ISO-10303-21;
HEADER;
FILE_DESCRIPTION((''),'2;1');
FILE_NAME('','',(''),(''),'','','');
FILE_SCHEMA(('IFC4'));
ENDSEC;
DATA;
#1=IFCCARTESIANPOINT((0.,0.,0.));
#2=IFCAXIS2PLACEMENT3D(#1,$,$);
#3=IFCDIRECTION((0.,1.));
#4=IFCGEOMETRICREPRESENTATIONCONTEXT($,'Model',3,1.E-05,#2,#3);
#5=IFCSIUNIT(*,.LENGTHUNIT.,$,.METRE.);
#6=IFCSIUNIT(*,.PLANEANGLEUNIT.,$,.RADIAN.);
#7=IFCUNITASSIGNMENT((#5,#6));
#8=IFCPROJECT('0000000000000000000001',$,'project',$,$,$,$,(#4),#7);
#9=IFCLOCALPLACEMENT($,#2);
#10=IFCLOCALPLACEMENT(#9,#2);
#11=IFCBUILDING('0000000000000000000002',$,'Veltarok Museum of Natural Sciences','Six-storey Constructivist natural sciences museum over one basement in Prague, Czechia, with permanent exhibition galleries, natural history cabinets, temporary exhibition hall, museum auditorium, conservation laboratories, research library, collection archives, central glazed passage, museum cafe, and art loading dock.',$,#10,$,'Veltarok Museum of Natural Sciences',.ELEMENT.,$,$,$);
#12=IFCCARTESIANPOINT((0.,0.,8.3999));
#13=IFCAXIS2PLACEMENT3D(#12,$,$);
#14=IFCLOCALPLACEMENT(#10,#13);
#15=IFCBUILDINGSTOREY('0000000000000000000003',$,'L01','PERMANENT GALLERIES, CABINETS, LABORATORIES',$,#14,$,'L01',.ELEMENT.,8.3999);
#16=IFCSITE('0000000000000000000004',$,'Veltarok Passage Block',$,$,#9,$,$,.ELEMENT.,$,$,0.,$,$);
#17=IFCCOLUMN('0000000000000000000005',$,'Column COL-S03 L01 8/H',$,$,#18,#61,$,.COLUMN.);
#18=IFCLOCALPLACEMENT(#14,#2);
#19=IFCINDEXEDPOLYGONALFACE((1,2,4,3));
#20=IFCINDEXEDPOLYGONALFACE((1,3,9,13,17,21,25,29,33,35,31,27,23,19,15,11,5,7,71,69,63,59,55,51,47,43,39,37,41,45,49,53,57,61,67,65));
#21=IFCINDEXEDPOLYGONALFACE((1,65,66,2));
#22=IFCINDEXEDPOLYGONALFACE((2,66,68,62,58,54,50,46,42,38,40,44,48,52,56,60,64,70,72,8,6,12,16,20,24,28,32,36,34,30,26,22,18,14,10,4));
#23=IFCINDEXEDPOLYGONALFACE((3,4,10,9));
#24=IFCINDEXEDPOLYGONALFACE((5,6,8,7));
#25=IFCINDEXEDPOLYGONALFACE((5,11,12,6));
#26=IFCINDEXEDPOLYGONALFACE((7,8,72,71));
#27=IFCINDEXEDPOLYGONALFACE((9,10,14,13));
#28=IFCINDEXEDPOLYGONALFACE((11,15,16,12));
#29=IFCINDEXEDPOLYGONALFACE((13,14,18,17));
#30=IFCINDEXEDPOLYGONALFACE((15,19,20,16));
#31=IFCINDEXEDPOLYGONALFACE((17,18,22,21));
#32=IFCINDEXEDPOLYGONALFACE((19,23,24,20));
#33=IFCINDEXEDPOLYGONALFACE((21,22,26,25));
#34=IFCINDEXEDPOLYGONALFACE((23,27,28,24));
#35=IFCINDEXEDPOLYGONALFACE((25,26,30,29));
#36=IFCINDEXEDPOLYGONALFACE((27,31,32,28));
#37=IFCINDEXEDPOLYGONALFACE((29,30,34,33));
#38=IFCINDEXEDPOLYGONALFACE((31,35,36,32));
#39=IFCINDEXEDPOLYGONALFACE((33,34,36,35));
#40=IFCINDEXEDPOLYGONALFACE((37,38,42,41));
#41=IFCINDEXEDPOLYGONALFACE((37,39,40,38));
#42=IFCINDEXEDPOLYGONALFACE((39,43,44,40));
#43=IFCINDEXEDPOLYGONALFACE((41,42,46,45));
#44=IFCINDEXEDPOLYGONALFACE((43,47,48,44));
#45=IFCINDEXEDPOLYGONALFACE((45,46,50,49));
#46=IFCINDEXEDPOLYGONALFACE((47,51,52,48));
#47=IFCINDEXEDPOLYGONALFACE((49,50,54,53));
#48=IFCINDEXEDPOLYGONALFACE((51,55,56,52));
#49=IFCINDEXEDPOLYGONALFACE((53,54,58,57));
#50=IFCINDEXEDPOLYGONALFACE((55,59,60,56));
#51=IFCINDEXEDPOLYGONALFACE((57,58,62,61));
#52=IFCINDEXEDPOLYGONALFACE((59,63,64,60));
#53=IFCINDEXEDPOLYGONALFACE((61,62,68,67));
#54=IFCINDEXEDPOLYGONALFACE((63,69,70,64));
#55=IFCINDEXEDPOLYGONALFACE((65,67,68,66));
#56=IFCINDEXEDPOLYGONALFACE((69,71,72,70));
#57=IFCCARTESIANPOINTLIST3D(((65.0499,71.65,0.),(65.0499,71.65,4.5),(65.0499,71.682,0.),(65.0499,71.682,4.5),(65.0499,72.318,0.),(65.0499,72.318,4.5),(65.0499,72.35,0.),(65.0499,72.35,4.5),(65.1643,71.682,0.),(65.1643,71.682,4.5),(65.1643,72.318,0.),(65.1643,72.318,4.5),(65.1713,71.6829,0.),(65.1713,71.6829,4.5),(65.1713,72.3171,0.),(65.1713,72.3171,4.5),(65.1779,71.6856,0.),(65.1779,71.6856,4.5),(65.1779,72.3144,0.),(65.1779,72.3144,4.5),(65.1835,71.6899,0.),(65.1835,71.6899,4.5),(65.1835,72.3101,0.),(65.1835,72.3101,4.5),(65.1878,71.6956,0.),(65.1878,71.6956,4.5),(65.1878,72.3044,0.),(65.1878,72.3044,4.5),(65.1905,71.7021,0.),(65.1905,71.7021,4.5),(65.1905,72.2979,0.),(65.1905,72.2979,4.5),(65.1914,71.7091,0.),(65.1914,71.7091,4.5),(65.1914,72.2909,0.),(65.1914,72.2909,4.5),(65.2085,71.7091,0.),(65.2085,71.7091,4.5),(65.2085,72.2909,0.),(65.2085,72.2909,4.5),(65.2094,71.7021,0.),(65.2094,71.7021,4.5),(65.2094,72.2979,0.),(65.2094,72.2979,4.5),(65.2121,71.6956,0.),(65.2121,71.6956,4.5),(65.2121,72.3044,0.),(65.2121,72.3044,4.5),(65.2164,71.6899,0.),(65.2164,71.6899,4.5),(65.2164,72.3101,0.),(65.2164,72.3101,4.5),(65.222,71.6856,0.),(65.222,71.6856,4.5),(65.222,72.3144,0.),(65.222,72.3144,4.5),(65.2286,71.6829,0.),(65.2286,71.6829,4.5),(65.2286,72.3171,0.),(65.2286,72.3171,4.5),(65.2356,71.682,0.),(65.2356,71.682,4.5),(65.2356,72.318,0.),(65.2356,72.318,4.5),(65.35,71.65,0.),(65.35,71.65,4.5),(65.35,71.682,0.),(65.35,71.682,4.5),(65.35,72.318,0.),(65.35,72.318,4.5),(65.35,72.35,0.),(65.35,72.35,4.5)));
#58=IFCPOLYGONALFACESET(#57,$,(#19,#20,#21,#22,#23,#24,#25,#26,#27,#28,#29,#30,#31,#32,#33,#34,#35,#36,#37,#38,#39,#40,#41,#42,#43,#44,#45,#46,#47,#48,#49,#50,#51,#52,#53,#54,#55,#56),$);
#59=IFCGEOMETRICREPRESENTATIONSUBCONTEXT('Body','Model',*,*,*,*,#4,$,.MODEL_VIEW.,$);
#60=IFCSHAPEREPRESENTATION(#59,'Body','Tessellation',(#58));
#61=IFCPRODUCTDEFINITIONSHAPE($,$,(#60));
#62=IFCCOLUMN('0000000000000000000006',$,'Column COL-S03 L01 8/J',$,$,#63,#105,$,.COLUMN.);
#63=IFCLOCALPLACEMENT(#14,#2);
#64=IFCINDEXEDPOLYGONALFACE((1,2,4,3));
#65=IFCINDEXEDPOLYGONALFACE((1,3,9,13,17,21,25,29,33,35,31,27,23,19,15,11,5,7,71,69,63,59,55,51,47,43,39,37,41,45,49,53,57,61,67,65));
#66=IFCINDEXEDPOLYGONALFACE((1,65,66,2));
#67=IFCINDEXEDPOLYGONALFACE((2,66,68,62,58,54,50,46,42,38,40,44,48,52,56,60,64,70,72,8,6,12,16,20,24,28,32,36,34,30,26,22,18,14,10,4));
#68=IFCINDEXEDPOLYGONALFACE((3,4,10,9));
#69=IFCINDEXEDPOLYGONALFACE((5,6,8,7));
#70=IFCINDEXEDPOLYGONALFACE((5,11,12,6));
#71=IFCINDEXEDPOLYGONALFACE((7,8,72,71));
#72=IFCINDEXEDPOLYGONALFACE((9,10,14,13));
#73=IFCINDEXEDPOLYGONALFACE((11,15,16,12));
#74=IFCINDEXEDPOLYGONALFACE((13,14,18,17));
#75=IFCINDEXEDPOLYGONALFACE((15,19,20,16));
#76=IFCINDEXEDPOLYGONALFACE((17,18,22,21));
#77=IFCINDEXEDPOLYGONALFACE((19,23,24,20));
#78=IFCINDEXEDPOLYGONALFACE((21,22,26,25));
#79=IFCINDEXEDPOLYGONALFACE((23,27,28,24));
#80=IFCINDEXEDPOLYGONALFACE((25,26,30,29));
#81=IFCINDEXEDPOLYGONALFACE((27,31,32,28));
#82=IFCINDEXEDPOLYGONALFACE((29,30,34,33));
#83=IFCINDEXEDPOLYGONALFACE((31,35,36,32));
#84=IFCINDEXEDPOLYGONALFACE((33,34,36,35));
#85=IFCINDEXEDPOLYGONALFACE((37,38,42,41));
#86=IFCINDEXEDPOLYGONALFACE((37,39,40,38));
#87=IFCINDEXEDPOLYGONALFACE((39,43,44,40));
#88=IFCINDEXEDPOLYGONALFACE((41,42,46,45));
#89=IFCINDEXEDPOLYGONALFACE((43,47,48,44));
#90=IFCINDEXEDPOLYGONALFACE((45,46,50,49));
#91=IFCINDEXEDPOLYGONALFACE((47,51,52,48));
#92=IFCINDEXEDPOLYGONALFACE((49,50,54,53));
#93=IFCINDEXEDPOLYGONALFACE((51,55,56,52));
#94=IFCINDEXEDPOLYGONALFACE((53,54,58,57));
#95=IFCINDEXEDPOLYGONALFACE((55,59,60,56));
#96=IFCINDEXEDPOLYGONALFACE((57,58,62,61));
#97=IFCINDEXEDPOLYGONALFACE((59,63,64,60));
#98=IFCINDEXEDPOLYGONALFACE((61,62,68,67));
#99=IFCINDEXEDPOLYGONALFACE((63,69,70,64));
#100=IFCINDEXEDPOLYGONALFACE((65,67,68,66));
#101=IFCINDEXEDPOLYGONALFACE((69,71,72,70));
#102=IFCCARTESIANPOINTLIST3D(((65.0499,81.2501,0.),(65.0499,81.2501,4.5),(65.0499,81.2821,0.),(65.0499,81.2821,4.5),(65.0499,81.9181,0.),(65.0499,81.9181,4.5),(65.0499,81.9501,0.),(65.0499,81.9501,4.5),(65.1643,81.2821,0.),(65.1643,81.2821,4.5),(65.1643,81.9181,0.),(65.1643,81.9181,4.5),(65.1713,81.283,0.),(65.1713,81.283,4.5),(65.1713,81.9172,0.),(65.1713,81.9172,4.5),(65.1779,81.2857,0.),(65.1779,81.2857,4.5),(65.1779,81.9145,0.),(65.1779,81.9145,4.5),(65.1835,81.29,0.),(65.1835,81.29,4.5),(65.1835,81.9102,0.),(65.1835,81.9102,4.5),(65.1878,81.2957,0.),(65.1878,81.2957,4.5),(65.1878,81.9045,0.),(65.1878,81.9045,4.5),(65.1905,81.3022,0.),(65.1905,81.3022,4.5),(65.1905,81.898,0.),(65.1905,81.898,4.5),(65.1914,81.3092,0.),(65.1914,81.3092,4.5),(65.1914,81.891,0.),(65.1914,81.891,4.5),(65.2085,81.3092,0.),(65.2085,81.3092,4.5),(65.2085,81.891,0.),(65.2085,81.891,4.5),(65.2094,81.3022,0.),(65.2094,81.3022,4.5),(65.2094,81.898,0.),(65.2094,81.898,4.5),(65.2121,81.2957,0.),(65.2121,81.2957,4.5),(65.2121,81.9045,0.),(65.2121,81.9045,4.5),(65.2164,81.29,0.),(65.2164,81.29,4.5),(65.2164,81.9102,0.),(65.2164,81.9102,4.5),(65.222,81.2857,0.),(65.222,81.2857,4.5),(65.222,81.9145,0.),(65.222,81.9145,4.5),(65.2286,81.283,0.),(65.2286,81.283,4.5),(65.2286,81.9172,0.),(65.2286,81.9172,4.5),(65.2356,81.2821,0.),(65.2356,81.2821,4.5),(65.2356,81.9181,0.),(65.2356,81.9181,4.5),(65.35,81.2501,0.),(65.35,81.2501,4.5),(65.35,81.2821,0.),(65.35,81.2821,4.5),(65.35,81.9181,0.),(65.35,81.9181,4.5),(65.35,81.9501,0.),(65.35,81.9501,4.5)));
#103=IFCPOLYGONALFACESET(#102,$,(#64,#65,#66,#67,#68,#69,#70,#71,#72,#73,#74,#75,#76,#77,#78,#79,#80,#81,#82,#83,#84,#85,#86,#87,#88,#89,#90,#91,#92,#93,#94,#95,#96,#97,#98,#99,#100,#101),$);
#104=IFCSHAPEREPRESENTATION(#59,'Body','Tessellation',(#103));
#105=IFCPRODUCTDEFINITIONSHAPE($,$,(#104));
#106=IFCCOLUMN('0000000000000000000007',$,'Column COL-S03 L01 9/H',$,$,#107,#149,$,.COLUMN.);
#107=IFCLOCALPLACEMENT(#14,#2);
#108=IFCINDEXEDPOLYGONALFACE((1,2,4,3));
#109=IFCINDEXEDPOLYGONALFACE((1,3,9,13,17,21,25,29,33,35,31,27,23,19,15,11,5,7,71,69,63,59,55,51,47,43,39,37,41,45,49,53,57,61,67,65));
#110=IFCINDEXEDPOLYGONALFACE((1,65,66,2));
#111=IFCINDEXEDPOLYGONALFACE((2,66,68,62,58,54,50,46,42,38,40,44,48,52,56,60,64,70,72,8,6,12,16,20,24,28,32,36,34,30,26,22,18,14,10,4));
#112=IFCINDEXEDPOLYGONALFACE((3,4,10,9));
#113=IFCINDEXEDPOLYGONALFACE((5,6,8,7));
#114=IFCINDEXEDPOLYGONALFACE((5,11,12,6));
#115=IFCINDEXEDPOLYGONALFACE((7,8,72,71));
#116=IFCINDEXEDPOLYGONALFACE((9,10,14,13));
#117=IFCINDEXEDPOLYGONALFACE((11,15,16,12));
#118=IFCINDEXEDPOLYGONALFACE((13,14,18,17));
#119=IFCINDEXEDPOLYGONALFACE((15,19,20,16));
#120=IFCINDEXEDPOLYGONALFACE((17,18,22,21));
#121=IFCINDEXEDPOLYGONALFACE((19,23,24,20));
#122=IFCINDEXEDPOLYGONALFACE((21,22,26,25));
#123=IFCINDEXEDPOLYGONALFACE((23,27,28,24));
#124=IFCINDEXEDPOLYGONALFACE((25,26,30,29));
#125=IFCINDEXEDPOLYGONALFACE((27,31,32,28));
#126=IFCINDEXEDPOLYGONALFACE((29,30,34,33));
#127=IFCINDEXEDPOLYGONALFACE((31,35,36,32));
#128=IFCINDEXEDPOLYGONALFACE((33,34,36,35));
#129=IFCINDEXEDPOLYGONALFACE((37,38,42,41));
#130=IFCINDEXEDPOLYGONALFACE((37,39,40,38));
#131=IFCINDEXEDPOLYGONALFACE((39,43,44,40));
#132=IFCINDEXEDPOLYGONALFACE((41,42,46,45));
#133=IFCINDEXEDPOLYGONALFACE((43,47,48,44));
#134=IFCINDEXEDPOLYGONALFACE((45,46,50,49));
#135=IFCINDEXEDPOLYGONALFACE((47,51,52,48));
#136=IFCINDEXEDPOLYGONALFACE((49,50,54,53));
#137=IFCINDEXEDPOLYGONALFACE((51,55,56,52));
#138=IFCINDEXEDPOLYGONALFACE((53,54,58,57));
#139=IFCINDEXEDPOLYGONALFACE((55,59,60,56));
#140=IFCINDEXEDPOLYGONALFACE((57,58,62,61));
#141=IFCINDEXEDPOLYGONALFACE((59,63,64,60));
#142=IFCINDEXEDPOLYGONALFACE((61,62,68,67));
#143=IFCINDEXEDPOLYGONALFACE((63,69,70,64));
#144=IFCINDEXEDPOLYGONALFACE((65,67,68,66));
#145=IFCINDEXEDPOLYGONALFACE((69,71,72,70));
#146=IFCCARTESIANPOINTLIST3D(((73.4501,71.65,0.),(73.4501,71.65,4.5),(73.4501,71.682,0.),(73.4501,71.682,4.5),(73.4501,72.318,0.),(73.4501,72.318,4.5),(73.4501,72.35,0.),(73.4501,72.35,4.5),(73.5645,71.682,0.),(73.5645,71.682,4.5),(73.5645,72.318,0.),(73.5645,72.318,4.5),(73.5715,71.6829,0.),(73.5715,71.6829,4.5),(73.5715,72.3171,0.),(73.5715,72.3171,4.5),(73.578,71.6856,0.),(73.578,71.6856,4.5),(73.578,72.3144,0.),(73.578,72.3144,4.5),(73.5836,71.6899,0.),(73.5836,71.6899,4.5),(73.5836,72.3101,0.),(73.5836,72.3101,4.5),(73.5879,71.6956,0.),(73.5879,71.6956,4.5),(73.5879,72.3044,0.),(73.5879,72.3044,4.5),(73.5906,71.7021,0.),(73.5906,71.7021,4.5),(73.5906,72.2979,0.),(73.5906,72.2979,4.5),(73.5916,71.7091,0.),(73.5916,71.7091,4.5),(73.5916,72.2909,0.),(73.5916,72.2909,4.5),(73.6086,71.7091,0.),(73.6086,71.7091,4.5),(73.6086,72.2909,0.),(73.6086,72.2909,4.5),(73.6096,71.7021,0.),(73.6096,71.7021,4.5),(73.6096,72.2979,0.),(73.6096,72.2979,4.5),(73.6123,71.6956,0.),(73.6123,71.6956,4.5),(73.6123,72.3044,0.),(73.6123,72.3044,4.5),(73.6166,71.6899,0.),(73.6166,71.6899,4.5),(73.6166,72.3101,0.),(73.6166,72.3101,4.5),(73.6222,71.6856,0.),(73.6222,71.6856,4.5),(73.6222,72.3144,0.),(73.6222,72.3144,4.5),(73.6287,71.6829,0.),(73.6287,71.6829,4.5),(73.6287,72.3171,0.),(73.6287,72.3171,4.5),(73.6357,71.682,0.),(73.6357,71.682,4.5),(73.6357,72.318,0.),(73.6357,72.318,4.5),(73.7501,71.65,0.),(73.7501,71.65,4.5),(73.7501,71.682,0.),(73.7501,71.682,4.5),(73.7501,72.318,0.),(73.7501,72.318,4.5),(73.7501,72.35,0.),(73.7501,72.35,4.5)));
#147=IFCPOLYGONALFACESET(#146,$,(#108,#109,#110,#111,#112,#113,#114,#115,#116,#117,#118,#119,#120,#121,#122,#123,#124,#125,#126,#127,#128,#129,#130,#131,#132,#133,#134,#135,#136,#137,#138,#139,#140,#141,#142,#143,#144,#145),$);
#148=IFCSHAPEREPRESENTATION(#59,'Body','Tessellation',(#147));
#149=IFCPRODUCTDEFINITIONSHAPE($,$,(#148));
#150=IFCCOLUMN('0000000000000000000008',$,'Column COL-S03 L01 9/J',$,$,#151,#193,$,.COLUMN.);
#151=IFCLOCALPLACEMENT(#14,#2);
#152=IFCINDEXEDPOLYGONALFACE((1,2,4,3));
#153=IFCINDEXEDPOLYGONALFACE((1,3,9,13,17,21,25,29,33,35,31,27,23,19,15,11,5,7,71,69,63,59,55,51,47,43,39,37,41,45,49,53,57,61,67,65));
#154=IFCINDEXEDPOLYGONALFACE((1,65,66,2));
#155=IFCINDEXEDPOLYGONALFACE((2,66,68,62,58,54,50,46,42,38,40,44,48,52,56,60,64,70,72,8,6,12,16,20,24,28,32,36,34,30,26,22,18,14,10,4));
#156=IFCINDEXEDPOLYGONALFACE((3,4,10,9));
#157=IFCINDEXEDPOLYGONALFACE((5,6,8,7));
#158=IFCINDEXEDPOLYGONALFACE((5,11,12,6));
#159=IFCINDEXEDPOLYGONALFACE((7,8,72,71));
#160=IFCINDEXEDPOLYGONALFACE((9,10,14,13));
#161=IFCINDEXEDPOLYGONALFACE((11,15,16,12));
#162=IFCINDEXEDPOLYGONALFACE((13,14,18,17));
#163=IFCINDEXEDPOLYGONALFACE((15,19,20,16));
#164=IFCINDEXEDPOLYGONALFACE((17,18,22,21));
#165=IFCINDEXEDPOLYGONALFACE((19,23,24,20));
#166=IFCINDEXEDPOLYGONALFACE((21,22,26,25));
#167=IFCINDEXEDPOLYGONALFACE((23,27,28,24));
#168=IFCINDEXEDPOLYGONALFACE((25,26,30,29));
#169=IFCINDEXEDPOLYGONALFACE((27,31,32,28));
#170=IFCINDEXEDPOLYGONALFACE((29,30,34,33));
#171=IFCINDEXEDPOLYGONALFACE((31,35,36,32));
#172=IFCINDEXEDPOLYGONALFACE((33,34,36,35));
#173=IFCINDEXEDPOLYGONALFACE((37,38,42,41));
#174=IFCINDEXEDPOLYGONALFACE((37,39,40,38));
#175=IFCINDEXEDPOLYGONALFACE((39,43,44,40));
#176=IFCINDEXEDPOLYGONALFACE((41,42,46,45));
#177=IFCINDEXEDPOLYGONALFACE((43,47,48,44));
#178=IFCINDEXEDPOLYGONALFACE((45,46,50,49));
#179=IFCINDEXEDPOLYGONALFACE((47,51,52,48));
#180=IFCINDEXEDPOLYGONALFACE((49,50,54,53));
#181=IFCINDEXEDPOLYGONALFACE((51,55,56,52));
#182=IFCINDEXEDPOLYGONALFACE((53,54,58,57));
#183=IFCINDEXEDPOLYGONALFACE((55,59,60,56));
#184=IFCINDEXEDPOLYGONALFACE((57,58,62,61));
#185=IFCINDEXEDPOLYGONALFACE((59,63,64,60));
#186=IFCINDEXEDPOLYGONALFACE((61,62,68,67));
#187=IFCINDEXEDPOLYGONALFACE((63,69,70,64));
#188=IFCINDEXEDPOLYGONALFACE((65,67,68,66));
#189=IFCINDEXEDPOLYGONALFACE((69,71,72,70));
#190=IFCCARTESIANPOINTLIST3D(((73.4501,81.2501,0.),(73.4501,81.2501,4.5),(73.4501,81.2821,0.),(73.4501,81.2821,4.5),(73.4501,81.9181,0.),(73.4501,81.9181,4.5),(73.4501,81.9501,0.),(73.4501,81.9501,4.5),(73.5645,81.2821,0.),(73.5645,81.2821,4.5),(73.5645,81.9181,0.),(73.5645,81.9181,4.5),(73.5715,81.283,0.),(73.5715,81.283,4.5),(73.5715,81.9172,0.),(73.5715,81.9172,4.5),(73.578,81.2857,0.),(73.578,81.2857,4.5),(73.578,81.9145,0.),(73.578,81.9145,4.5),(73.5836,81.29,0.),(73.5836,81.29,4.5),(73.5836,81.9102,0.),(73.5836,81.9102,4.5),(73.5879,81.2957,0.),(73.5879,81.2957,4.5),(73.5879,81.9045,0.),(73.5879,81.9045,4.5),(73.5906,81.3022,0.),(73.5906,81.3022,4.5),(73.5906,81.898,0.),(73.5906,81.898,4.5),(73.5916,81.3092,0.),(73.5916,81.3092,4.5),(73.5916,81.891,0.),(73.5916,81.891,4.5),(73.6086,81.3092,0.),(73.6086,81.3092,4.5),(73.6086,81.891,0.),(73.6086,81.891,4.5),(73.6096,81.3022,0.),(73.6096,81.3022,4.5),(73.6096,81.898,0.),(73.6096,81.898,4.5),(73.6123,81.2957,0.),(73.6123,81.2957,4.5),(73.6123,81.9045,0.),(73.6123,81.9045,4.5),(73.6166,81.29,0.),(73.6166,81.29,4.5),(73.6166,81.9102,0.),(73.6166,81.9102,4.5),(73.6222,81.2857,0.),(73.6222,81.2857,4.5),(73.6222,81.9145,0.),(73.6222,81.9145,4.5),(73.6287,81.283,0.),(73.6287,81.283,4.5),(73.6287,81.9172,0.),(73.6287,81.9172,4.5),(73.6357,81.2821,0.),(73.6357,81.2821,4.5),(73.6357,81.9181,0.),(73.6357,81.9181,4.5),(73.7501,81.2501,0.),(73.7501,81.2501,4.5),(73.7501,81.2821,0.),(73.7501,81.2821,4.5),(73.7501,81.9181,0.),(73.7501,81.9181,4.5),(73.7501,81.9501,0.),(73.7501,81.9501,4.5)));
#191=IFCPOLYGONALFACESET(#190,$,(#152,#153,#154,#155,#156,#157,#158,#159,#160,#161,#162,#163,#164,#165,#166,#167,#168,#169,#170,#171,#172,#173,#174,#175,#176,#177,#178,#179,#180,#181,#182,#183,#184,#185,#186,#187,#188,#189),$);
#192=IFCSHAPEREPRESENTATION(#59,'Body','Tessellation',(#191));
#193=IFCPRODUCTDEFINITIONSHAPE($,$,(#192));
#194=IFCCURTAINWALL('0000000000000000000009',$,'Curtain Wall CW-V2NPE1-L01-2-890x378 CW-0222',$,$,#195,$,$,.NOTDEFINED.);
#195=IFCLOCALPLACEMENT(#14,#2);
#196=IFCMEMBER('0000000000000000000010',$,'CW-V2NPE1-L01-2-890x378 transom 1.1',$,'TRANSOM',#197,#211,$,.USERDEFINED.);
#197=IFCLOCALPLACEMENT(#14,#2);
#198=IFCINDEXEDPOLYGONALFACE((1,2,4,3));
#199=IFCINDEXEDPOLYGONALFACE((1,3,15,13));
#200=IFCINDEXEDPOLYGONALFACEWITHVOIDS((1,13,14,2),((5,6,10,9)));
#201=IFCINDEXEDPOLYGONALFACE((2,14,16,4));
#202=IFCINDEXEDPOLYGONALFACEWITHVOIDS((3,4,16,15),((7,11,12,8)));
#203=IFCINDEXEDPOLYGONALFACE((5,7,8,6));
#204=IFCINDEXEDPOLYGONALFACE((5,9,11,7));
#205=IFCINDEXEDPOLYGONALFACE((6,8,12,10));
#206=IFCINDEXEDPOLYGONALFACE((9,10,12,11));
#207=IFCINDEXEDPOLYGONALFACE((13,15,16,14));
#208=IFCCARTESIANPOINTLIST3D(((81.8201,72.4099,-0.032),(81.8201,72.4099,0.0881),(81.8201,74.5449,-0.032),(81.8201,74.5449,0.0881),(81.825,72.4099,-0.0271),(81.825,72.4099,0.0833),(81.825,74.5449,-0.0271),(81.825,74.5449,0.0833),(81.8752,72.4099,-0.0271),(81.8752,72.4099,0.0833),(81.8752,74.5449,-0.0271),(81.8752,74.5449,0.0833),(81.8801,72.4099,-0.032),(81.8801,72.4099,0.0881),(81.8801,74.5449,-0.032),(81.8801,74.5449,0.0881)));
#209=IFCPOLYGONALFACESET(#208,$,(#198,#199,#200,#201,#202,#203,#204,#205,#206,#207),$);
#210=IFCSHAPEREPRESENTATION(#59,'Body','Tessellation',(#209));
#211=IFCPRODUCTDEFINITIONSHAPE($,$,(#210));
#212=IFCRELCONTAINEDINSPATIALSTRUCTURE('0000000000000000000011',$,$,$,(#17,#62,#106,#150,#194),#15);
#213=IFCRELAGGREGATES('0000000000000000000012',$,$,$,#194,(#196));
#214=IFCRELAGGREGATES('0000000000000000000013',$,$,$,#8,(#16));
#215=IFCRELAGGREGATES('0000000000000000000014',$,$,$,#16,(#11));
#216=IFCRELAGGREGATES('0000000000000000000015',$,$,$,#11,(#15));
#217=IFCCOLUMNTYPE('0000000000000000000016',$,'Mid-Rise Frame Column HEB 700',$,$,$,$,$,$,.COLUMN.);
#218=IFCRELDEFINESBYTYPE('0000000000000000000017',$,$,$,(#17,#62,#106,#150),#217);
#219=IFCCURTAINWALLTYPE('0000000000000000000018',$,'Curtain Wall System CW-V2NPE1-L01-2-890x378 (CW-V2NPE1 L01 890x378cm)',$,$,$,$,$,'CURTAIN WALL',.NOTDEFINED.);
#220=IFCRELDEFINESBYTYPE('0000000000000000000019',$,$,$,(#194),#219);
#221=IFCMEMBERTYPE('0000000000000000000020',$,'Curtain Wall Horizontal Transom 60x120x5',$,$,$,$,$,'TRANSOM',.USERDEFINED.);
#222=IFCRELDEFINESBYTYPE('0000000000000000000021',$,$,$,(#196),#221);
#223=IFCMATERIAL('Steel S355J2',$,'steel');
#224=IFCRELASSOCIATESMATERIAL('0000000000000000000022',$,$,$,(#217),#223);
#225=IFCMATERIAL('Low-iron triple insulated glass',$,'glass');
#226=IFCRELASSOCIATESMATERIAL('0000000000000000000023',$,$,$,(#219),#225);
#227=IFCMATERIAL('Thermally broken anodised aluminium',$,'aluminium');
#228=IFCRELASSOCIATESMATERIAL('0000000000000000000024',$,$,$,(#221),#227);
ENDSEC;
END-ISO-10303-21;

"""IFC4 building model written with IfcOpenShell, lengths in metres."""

from ifc_helpers import new_model, si_unit, direction, frame, origin, origin_2d, place, context, subcontext, project, spatial, hollow_rectangle, i_section, extrude, material, material_profile, profile_set, type_object, element, aggregate, save


model = new_model("IFC4")

# Units and contexts
model_context = context("Model", 3, precision=1e-05, world=origin(), true_north=direction((0.0, 1.0)))
body_context = subcontext(model_context, "Body", "Model", "MODEL_VIEW")
ifc_project = project(units=[si_unit("LENGTHUNIT", "METRE"), si_unit("PLANEANGLEUNIT", "RADIAN")], contexts=[model_context])

# Site, building, storey
site_placement = place(None, origin())
site = spatial("IfcSite", under=ifc_project, at=site_placement, Name="Veltarok Passage Block", CompositionType="ELEMENT", RefElevation=0.0)
building_placement = place(site_placement, origin())
building = spatial("IfcBuilding", under=site, at=building_placement, Name="Veltarok Museum of Natural Sciences", Description="Six-storey Constructivist natural sciences museum over one basement in Prague, Czechia, with permanent exhibition galleries, natural history cabinets, temporary exhibition hall, museum auditorium, conservation laboratories, research library, collection archives, central glazed passage, museum cafe, and art loading dock.", LongName="Veltarok Museum of Natural Sciences", CompositionType="ELEMENT")
storey_placement = place(building_placement, frame((0.0, 0.0, 8.3999)))
storey = spatial("IfcBuildingStorey", under=building, at=storey_placement, Name="L01", Description="PERMANENT GALLERIES, CABINETS, LABORATORIES", LongName="L01", CompositionType="ELEMENT", Elevation=8.3999)

# Columns
ifc_material_1 = material(Name="Steel S355J2", Category="steel")
ifc_material_profile_1 = material_profile(ifc_material_1, i_section(OverallWidth=0.3, OverallDepth=0.7, WebThickness=0.0171, FlangeThickness=0.032, FilletRadius=0.0271, at=origin_2d()), Name="HEB 700")
ifc_profile_set_1 = profile_set([ifc_material_profile_1], Name="Steel S355J2")
column_type = type_object("IfcColumnType", Name="Mid-Rise Frame Column HEB 700", PredefinedType="COLUMN", material=ifc_profile_set_1)
for number, where, z_axis, x_axis, name in (
    (1, (65.2, 72.0, 0.0), (0.0, 0.0, 1.0), (1.0, 0.0, 0.0), "Column COL-S03 L01 8/H"),
    (2, (65.2, 81.6001, 0.0), (0.0, 0.0, 1.0), (1.0, 0.0, 0.0), "Column COL-S03 L01 8/J"),
    (3, (73.6001, 72.0, 0.0), (0.0, 0.0, 1.0), (1.0, 0.0, 0.0), "Column COL-S03 L01 9/H"),
    (4, (73.6001, 81.6001, 0.0), (0.0, 0.0, 1.0), (1.0, 0.0, 0.0), "Column COL-S03 L01 9/J"),
):
    element("IfcColumn", number, at=place(storey_placement, frame(where, z_axis=z_axis, x_axis=x_axis)), inside=storey, type_object=column_type, Name=name, PredefinedType="COLUMN", context=body_context, shape_type="SweptSolid", body=[
        extrude(i_section(OverallWidth=0.3, OverallDepth=0.7, WebThickness=0.0171, FlangeThickness=0.032, FilletRadius=0.0271, at=origin_2d()), origin(), (0.0, 0.0, 1.0), 4.5),
    ])

# Curtain wall, member
ifc_material_2 = material(Name="Low-iron triple insulated glass", Category="glass")
curtain_wall_type = type_object("IfcCurtainWallType", Name="Curtain Wall System CW-V2NPE1-L01-2-890x378 (CW-V2NPE1 L01 890x378cm)", ElementType="CURTAIN WALL", PredefinedType="NOTDEFINED", material=ifc_material_2)
curtain_wall_placement = place(storey_placement, origin())
curtain_wall = element("IfcCurtainWall", 5, at=curtain_wall_placement, inside=storey, type_object=curtain_wall_type, Name="Curtain Wall CW-V2NPE1-L01-2-890x378 CW-0222", PredefinedType="NOTDEFINED")
ifc_material_3 = material(Name="Thermally broken anodised aluminium", Category="aluminium")
ifc_material_profile_2 = material_profile(ifc_material_3, hollow_rectangle(XDim=0.0601, YDim=0.1201, WallThickness=0.0049, at=origin_2d()), Name="CW TRANSOM 60x120x5")
ifc_profile_set_2 = profile_set([ifc_material_profile_2], Name="Thermally broken anodised aluminium")
member_type_1 = type_object("IfcMemberType", Name="Curtain Wall Horizontal Transom 60x120x5", ElementType="TRANSOM", PredefinedType="USERDEFINED", material=ifc_profile_set_2)
member_1_placement = place(storey_placement, frame((81.8501, 72.4099, 0.0281), z_axis=(0.0, 1.0, 0.0), x_axis=(-1.0, 0.0, 0.0)))
member_1 = element("IfcMember", 6, at=member_1_placement, type_object=member_type_1, Name="CW-V2NPE1-L01-2-890x378 transom 1.1", ObjectType="TRANSOM", PredefinedType="USERDEFINED", context=body_context, shape_type="SweptSolid", body=[
    extrude(hollow_rectangle(XDim=0.0601, YDim=0.1201, WallThickness=0.0049, at=origin_2d()), origin(), (0.0, 0.0, 1.0), 2.135),
])

aggregate(curtain_wall, [member_1])

save(model, "model.ifc")
